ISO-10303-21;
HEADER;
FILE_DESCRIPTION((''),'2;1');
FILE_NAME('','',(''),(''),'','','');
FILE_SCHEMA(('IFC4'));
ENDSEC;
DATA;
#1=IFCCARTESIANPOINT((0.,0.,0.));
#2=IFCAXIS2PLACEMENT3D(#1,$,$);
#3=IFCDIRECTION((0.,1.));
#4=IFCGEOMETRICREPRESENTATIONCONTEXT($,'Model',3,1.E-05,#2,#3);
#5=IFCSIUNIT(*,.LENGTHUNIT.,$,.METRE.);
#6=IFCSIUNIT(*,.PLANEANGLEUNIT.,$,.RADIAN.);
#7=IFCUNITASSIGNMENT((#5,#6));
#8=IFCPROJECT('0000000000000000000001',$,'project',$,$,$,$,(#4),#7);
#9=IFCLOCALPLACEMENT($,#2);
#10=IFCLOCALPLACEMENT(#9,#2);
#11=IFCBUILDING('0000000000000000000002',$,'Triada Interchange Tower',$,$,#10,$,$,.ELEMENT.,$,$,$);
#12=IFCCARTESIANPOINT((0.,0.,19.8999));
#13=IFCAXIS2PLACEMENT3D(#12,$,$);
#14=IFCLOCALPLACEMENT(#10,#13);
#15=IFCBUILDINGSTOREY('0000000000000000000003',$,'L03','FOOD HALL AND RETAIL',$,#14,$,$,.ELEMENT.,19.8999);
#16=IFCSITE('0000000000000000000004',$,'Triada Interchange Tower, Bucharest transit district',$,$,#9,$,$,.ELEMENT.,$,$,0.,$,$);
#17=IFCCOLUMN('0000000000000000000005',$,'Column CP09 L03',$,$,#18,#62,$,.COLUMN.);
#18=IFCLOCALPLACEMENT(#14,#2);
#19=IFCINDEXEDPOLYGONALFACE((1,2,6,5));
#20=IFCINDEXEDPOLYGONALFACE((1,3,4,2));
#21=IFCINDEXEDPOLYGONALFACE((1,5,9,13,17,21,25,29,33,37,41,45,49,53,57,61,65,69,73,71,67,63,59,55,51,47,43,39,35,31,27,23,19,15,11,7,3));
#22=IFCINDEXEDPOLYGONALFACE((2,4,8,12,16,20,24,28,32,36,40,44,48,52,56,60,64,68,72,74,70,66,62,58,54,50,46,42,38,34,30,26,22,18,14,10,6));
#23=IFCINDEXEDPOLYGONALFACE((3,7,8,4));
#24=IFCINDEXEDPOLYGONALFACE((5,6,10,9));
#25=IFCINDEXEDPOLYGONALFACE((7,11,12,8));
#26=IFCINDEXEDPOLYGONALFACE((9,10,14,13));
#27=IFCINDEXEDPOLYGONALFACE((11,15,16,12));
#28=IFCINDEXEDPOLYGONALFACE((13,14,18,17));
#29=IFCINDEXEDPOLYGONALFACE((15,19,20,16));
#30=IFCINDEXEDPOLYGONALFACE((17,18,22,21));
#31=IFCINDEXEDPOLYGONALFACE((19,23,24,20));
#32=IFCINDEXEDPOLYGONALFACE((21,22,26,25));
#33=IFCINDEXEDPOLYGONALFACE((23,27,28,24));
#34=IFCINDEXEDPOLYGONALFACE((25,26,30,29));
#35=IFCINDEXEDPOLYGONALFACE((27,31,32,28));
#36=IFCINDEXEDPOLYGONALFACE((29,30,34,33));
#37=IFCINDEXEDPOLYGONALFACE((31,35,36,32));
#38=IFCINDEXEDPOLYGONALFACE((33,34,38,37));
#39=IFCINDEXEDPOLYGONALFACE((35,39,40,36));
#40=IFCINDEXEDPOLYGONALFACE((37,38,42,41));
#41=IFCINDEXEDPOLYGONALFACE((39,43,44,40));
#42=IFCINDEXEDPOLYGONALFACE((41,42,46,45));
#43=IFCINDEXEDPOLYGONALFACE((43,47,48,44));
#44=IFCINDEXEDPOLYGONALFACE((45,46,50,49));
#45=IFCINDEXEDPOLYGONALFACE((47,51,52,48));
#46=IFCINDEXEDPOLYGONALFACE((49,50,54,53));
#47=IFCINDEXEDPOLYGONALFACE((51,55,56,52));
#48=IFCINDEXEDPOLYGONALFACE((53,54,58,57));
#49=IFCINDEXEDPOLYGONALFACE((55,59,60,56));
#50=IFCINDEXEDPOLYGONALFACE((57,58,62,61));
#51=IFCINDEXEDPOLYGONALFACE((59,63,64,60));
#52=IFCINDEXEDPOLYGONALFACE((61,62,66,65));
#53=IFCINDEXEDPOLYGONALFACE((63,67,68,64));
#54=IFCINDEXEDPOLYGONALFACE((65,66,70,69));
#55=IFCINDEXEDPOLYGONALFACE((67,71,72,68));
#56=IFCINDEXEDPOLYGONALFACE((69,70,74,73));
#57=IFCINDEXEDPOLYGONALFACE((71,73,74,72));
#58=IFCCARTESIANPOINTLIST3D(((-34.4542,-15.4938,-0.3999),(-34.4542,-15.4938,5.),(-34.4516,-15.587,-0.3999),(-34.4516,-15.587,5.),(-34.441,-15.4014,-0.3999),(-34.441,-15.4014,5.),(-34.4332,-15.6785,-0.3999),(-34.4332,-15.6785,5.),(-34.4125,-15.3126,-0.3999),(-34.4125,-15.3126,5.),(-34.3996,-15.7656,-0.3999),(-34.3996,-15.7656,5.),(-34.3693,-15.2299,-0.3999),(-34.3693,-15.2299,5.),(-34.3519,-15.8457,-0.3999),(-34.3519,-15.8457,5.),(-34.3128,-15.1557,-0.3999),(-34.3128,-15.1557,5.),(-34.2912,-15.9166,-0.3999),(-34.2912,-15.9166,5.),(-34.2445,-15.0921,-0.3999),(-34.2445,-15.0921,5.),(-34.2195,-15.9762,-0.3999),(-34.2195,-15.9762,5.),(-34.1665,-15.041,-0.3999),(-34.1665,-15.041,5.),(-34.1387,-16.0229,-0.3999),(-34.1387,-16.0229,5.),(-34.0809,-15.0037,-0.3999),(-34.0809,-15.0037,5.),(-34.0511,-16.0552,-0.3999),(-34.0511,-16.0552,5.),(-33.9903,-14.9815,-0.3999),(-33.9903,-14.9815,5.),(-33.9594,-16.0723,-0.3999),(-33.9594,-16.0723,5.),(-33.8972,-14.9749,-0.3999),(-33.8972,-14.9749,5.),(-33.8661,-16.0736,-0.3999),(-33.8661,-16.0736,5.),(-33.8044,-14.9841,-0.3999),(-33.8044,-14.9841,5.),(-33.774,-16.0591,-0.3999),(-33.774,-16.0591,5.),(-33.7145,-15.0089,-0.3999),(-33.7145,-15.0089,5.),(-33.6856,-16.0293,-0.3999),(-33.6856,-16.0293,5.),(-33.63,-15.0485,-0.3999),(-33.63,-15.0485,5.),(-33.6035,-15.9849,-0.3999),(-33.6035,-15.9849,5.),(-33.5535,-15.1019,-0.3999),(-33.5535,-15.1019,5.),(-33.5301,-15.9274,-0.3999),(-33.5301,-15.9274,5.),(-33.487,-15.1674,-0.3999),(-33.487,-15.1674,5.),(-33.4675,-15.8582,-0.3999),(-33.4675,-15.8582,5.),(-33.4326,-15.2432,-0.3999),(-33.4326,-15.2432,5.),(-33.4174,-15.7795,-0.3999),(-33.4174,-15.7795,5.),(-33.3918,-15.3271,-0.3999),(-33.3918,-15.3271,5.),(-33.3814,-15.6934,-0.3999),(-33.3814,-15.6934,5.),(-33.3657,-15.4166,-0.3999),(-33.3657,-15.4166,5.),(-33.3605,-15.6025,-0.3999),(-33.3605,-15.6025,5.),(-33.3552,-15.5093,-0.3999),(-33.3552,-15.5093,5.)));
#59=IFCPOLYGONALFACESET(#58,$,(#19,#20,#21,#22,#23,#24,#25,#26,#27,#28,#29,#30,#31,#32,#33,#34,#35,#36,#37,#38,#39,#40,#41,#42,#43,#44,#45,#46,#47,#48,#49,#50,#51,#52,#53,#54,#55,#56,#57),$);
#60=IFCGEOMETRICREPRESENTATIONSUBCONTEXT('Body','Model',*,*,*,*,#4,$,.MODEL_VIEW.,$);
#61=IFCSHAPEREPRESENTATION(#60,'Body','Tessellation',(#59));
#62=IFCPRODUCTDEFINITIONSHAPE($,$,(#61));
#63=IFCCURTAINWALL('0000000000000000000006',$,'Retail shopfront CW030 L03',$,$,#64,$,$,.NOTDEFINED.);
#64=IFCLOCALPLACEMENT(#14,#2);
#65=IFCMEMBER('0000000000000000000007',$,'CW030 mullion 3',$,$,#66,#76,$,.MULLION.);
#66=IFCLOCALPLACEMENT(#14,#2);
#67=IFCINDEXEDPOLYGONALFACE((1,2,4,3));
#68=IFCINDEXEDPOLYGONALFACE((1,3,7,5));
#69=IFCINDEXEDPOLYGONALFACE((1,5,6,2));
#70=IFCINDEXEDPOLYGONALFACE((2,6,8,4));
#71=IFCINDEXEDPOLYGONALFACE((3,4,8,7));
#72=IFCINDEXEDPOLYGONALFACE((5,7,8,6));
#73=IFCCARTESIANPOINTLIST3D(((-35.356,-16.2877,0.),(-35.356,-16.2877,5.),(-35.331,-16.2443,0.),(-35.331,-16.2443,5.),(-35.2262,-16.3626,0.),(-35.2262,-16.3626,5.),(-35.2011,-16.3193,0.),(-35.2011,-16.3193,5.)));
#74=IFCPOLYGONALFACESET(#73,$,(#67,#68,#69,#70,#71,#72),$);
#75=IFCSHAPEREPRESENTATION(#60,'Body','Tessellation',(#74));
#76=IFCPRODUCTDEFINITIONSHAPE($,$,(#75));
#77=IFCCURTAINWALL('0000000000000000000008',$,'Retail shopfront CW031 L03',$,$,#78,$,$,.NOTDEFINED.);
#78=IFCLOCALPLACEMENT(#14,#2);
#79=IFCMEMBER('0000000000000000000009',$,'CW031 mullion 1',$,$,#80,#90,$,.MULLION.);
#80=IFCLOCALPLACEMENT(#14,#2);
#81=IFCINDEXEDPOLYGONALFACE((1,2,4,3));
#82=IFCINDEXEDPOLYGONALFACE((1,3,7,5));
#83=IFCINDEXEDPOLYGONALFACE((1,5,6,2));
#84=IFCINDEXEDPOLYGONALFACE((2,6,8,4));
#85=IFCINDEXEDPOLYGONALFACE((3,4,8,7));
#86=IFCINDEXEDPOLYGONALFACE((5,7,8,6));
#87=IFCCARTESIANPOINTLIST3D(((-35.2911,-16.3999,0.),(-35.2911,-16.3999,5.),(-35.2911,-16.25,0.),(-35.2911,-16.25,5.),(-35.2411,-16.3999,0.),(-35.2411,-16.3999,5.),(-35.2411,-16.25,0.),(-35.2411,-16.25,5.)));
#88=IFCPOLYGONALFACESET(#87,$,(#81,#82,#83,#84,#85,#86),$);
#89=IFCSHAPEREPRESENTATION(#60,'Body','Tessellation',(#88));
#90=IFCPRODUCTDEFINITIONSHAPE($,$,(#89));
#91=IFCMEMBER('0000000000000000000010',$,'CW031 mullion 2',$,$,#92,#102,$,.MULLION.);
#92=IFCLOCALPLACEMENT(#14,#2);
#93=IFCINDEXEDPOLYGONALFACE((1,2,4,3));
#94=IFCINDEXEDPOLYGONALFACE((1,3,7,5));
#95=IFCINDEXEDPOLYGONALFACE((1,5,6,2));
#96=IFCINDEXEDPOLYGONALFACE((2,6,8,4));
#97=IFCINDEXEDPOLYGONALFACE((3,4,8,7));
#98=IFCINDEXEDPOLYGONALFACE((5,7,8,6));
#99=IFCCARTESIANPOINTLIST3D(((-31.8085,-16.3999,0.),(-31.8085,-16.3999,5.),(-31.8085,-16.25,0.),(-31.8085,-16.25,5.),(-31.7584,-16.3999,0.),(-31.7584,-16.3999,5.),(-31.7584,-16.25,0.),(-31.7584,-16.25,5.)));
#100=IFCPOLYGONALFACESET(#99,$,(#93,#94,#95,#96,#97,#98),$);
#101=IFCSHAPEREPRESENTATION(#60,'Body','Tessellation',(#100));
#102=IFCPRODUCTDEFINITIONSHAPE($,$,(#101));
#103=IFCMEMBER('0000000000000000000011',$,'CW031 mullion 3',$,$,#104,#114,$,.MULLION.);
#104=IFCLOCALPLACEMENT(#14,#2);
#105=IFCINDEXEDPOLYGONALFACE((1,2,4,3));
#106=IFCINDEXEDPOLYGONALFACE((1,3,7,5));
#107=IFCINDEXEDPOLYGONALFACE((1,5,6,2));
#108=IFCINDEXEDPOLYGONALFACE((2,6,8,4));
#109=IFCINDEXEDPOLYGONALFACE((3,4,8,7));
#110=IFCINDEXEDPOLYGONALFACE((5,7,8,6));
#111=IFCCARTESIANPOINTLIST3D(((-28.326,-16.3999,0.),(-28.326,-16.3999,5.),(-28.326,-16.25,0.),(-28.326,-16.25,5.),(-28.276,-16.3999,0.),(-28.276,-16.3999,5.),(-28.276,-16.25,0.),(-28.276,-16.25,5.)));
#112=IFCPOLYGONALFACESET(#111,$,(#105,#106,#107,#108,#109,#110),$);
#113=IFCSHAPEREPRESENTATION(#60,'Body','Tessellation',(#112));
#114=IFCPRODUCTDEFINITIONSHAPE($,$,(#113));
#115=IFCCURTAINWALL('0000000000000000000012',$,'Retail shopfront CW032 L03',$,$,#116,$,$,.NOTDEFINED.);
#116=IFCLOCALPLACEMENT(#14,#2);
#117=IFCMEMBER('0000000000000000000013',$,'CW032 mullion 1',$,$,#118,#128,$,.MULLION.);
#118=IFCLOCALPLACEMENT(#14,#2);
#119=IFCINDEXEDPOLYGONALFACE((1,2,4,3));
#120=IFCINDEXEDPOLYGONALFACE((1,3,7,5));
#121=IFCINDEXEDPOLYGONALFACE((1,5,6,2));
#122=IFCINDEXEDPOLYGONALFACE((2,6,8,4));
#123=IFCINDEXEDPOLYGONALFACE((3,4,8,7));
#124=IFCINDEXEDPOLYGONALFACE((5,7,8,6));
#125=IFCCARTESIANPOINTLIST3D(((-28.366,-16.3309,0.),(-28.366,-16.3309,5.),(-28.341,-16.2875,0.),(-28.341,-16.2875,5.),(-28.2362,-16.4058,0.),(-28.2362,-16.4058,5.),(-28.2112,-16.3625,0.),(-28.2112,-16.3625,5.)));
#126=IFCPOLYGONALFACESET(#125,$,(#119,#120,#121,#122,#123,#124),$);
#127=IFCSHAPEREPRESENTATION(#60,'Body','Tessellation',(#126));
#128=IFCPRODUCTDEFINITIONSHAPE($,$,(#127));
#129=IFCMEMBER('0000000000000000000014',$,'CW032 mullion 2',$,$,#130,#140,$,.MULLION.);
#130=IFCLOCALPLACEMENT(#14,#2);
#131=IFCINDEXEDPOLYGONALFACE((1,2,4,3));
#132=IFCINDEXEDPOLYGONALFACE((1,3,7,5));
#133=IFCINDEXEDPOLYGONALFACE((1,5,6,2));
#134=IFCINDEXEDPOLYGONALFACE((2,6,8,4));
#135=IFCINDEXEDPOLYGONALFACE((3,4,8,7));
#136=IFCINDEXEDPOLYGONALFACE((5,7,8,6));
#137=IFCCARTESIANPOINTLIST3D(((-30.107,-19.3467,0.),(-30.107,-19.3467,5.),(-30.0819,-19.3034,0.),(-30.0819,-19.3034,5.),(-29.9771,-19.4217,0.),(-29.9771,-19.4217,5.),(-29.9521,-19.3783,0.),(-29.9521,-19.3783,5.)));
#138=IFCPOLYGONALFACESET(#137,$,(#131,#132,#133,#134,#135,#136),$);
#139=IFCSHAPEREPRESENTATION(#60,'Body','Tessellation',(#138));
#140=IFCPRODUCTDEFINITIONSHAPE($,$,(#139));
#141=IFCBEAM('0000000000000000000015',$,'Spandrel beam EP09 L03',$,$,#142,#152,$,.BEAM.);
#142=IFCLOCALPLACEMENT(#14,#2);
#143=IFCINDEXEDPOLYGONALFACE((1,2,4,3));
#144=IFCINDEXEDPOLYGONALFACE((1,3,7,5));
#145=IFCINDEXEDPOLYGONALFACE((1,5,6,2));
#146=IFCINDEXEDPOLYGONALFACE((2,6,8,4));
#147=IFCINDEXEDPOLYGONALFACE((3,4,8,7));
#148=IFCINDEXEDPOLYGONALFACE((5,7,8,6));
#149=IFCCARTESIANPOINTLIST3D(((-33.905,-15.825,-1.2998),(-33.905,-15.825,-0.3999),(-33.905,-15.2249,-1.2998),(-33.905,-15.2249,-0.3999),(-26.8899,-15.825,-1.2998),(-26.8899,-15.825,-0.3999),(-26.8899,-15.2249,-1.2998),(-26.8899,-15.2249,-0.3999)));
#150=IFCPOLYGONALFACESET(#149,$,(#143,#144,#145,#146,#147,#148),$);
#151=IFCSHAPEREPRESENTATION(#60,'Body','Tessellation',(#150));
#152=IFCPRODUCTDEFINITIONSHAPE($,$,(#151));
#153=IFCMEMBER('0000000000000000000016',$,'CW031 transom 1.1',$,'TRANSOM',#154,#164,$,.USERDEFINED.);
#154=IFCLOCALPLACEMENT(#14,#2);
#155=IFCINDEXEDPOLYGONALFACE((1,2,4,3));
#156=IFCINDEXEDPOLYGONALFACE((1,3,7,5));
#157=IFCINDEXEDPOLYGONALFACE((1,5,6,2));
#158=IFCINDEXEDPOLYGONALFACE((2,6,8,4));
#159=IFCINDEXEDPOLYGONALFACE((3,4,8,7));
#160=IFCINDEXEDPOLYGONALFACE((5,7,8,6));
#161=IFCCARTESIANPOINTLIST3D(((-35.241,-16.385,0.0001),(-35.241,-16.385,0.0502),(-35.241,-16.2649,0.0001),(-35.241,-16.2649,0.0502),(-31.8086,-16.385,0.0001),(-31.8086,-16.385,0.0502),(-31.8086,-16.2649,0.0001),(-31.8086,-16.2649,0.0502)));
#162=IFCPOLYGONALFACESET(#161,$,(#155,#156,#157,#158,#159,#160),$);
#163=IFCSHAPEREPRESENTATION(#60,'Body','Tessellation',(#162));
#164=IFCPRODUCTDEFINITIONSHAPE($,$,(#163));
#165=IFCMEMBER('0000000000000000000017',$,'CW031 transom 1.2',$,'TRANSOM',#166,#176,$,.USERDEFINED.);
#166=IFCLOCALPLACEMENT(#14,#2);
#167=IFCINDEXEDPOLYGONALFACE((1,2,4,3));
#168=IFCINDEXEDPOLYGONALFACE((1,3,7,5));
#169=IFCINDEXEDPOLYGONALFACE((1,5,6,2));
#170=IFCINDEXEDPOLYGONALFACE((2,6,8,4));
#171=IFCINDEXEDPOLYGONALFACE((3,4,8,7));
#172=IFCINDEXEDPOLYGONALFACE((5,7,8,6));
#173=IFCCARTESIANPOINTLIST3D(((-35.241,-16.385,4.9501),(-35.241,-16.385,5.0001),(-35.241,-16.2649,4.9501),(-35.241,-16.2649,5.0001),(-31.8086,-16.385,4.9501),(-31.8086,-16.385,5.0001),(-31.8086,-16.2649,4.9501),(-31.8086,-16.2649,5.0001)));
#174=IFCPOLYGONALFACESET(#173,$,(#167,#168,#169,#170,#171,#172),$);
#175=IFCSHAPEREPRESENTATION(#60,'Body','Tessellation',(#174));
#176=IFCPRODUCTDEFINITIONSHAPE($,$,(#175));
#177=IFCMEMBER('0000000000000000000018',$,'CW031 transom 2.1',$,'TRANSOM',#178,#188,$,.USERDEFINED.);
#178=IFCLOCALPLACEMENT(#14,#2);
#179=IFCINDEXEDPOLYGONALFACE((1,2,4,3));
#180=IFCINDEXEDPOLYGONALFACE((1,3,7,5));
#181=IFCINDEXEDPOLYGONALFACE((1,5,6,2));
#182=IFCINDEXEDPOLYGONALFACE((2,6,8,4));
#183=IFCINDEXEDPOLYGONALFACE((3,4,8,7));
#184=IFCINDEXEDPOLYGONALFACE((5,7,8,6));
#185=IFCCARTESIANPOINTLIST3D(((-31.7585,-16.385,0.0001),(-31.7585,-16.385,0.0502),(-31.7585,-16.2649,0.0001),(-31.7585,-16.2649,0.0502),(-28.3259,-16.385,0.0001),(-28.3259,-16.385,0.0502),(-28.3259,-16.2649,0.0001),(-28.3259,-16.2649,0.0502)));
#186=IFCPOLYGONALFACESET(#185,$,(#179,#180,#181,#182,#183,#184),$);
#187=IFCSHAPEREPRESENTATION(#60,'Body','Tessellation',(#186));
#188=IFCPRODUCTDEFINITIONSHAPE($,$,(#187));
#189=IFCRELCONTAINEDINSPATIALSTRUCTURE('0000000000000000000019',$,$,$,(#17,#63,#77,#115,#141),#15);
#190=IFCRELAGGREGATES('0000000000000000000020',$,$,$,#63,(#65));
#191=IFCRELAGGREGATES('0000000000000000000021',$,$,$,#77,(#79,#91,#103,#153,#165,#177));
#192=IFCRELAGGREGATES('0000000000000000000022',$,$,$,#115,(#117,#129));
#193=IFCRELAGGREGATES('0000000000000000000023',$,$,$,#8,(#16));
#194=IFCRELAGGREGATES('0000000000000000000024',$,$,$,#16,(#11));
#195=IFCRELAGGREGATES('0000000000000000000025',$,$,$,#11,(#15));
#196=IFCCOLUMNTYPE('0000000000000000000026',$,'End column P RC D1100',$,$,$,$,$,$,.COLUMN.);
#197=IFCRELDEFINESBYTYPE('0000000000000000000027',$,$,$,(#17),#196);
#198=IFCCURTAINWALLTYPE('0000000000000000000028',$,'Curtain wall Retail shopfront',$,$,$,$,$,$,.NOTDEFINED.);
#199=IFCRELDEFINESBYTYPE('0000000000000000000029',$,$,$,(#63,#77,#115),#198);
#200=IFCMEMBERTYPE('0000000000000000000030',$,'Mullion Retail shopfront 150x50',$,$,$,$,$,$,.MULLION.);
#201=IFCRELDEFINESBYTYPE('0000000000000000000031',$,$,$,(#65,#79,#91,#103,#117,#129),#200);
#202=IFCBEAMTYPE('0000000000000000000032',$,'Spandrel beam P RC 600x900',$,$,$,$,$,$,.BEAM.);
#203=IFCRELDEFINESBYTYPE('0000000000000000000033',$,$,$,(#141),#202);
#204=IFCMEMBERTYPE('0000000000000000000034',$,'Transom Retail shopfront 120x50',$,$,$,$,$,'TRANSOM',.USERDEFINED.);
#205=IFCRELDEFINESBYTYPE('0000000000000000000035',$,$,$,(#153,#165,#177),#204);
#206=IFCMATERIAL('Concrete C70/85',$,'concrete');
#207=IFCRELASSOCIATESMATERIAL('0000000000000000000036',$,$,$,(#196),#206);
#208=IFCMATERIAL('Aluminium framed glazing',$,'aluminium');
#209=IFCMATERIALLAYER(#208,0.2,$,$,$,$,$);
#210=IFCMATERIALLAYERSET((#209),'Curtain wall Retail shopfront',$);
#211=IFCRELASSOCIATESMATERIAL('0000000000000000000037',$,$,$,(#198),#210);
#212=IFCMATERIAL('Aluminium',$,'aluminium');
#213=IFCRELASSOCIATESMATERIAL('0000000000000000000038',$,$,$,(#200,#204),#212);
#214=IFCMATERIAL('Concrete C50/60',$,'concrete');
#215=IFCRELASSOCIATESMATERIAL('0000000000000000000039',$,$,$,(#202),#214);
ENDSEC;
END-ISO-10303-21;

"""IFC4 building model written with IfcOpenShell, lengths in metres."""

from ifc_helpers import new_model, si_unit, direction, frame, origin, origin_2d, place, context, subcontext, project, spatial, rectangle, circle, extrude, material, layer, layer_set, material_profile, profile_set, type_object, element, aggregate, save


model = new_model("IFC4")

# Units and contexts
model_context = context("Model", 3, precision=1e-05, world=origin(), true_north=direction((0.0, 1.0)))
body_context = subcontext(model_context, "Body", "Model", "MODEL_VIEW")
ifc_project = project(units=[si_unit("LENGTHUNIT", "METRE"), si_unit("PLANEANGLEUNIT", "RADIAN")], contexts=[model_context])

# Site, building, storey
site_placement = place(None, origin())
site = spatial("IfcSite", under=ifc_project, at=site_placement, Name="Triada Interchange Tower, Bucharest transit district", CompositionType="ELEMENT", RefElevation=0.0)
building_placement = place(site_placement, origin())
building = spatial("IfcBuilding", under=site, at=building_placement, Name="Triada Interchange Tower", CompositionType="ELEMENT")
storey_placement = place(building_placement, frame((0.0, 0.0, 19.8999)))
storey = spatial("IfcBuildingStorey", under=building, at=storey_placement, Name="L03", Description="FOOD HALL AND RETAIL", CompositionType="ELEMENT", Elevation=19.8999)

# Column
ifc_material_1 = material(Name="Concrete C70/85", Category="concrete")
ifc_material_profile_1 = material_profile(ifc_material_1, circle(Radius=0.55, at=origin_2d()), Name="RC D1100")
ifc_profile_set_1 = profile_set([ifc_material_profile_1], Name="Concrete C70/85")
column_type = type_object("IfcColumnType", Name="End column P RC D1100", PredefinedType="COLUMN", material=ifc_profile_set_1)
column_placement = place(storey_placement, frame((-33.905, -15.5249, -0.3999), z_axis=(0.0, 0.0, 1.0), x_axis=(0.5, 0.866025, 0.0)))
element("IfcColumn", 1, at=column_placement, inside=storey, type_object=column_type, Name="Column CP09 L03", PredefinedType="COLUMN", context=body_context, shape_type="SweptSolid", body=[
    extrude(circle(Radius=0.55, at=origin_2d()), origin(), (0.0, 0.0, 1.0), 5.3999),
])

# Curtain wall, member
ifc_material_2 = material(Name="Aluminium framed glazing", Category="aluminium")
ifc_layer_1 = layer(ifc_material_2, 0.2)
ifc_layer_set_1 = layer_set([ifc_layer_1], Name="Curtain wall Retail shopfront")
curtain_wall_type = type_object("IfcCurtainWallType", Name="Curtain wall Retail shopfront", PredefinedType="NOTDEFINED", material=ifc_layer_set_1)
curtain_wall_1_placement = place(storey_placement, origin())
curtain_wall_1 = element("IfcCurtainWall", 2, at=curtain_wall_1_placement, inside=storey, type_object=curtain_wall_type, Name="Retail shopfront CW030 L03", PredefinedType="NOTDEFINED")
ifc_material_3 = material(Name="Aluminium", Category="aluminium")
ifc_material_profile_2 = material_profile(ifc_material_3, rectangle(XDim=0.1499, YDim=0.05, at=origin_2d()), Name="Aluminium mullion")
ifc_profile_set_2 = profile_set([ifc_material_profile_2], Name="Aluminium")
member_type_1 = type_object("IfcMemberType", Name="Mullion Retail shopfront 150x50", PredefinedType="MULLION", material=ifc_profile_set_2)
member_1_placement = place(storey_placement, frame((-35.2786, -16.3035, 0.0), z_axis=(0.0, 0.0, 1.0), x_axis=(0.866049, -0.499959, 0.0)))
member_1 = element("IfcMember", 3, at=member_1_placement, type_object=member_type_1, Name="CW030 mullion 3", PredefinedType="MULLION", context=body_context, shape_type="SweptSolid", body=[
    extrude(rectangle(XDim=0.1499, YDim=0.05, at=origin_2d()), origin(), (0.0, 0.0, 1.0), 5.0),
])
aggregate(curtain_wall_1, [member_1])

# Curtain walls, members
curtain_wall_2_placement = place(storey_placement, origin())
curtain_wall_2 = element("IfcCurtainWall", 4, at=curtain_wall_2_placement, inside=storey, type_object=curtain_wall_type, Name="Retail shopfront CW031 L03", PredefinedType="NOTDEFINED")
member_2_placement = place(storey_placement, frame((-35.2661, -16.325, 0.0), z_axis=(0.0, 0.0, 1.0), x_axis=(0.0, 1.0, 0.0)))
member_2 = element("IfcMember", 5, at=member_2_placement, type_object=member_type_1, Name="CW031 mullion 1", PredefinedType="MULLION", context=body_context, shape_type="SweptSolid", body=[
    extrude(rectangle(XDim=0.1499, YDim=0.05, at=origin_2d()), origin(), (0.0, 0.0, 1.0), 5.0),
])
member_3_placement = place(storey_placement, frame((-31.7834, -16.325, 0.0), z_axis=(0.0, 0.0, 1.0), x_axis=(0.0, 1.0, 0.0)))
member_3 = element("IfcMember", 6, at=member_3_placement, type_object=member_type_1, Name="CW031 mullion 2", PredefinedType="MULLION", context=body_context, shape_type="SweptSolid", body=[
    extrude(rectangle(XDim=0.1499, YDim=0.05, at=origin_2d()), origin(), (0.0, 0.0, 1.0), 5.0),
])
member_4_placement = place(storey_placement, frame((-28.301, -16.325, 0.0), z_axis=(0.0, 0.0, 1.0), x_axis=(0.0, 1.0, 0.0)))
member_4 = element("IfcMember", 7, at=member_4_placement, type_object=member_type_1, Name="CW031 mullion 3", PredefinedType="MULLION", context=body_context, shape_type="SweptSolid", body=[
    extrude(rectangle(XDim=0.1499, YDim=0.05, at=origin_2d()), origin(), (0.0, 0.0, 1.0), 5.0),
])
curtain_wall_3_placement = place(storey_placement, origin())
curtain_wall_3 = element("IfcCurtainWall", 8, at=curtain_wall_3_placement, inside=storey, type_object=curtain_wall_type, Name="Retail shopfront CW032 L03", PredefinedType="NOTDEFINED")
member_5_placement = place(storey_placement, frame((-28.2886, -16.3467, 0.0), z_axis=(0.0, 0.0, 1.0), x_axis=(0.86605, -0.499957, 0.0)))
member_5 = element("IfcMember", 9, at=member_5_placement, type_object=member_type_1, Name="CW032 mullion 1", PredefinedType="MULLION", context=body_context, shape_type="SweptSolid", body=[
    extrude(rectangle(XDim=0.1499, YDim=0.05, at=origin_2d()), origin(), (0.0, 0.0, 1.0), 5.0),
])
member_6_placement = place(storey_placement, frame((-30.0295, -19.3625, 0.0), z_axis=(0.0, 0.0, 1.0), x_axis=(0.86605, -0.499957, 0.0)))
member_6 = element("IfcMember", 10, at=member_6_placement, type_object=member_type_1, Name="CW032 mullion 2", PredefinedType="MULLION", context=body_context, shape_type="SweptSolid", body=[
    extrude(rectangle(XDim=0.1499, YDim=0.05, at=origin_2d()), origin(), (0.0, 0.0, 1.0), 5.0),
])

# Beam
ifc_material_4 = material(Name="Concrete C50/60", Category="concrete")
ifc_material_profile_3 = material_profile(ifc_material_4, rectangle(XDim=0.6001, YDim=0.8999, at=origin_2d()), Name="RC 600x900")
ifc_profile_set_3 = profile_set([ifc_material_profile_3], Name="Concrete C50/60")
beam_type_1 = type_object("IfcBeamType", Name="Spandrel beam P RC 600x900", PredefinedType="BEAM", material=ifc_profile_set_3)
beam_1_placement = place(storey_placement, frame((-33.905, -15.5249, -0.8499), z_axis=(1.0, 0.0, 0.0), x_axis=(0.0, 1.0, 0.0)))
element("IfcBeam", 11, at=beam_1_placement, inside=storey, type_object=beam_type_1, Name="Spandrel beam EP09 L03", PredefinedType="BEAM", context=body_context, shape_type="SweptSolid", body=[
    extrude(rectangle(XDim=0.6001, YDim=0.8999, at=origin_2d()), origin(), (0.0, 0.0, 1.0), 7.0151),
])

# Members
ifc_material_profile_4 = material_profile(ifc_material_3, rectangle(XDim=0.1201, YDim=0.05, at=origin_2d()), Name="Aluminium transom")
ifc_profile_set_4 = profile_set([ifc_material_profile_4], Name="Aluminium")
member_type_2 = type_object("IfcMemberType", Name="Transom Retail shopfront 120x50", ElementType="TRANSOM", PredefinedType="USERDEFINED", material=ifc_profile_set_4)
member_7_placement = place(storey_placement, frame((-35.241, -16.325, 0.0251), z_axis=(1.0, 0.0, 0.0), x_axis=(0.0, 1.0, 0.0)))
member_7 = element("IfcMember", 12, at=member_7_placement, type_object=member_type_2, Name="CW031 transom 1.1", ObjectType="TRANSOM", PredefinedType="USERDEFINED", context=body_context, shape_type="SweptSolid", body=[
    extrude(rectangle(XDim=0.1201, YDim=0.05, at=origin_2d()), origin(), (0.0, 0.0, 1.0), 3.4324),
])
member_8_placement = place(storey_placement, frame((-35.241, -16.325, 4.9751), z_axis=(1.0, 0.0, 0.0), x_axis=(0.0, 1.0, 0.0)))
member_8 = element("IfcMember", 13, at=member_8_placement, type_object=member_type_2, Name="CW031 transom 1.2", ObjectType="TRANSOM", PredefinedType="USERDEFINED", context=body_context, shape_type="SweptSolid", body=[
    extrude(rectangle(XDim=0.1201, YDim=0.05, at=origin_2d()), origin(), (0.0, 0.0, 1.0), 3.4324),
])
member_9_placement = place(storey_placement, frame((-31.7585, -16.325, 0.0251), z_axis=(1.0, 0.0, 0.0), x_axis=(0.0, 1.0, 0.0)))
member_9 = element("IfcMember", 14, at=member_9_placement, type_object=member_type_2, Name="CW031 transom 2.1", ObjectType="TRANSOM", PredefinedType="USERDEFINED", context=body_context, shape_type="SweptSolid", body=[
    extrude(rectangle(XDim=0.1201, YDim=0.05, at=origin_2d()), origin(), (0.0, 0.0, 1.0), 3.4326),
])

aggregate(curtain_wall_2, [member_2, member_3, member_4, member_7, member_8, member_9])
aggregate(curtain_wall_3, [member_5, member_6])

save(model, "model.ifc")
